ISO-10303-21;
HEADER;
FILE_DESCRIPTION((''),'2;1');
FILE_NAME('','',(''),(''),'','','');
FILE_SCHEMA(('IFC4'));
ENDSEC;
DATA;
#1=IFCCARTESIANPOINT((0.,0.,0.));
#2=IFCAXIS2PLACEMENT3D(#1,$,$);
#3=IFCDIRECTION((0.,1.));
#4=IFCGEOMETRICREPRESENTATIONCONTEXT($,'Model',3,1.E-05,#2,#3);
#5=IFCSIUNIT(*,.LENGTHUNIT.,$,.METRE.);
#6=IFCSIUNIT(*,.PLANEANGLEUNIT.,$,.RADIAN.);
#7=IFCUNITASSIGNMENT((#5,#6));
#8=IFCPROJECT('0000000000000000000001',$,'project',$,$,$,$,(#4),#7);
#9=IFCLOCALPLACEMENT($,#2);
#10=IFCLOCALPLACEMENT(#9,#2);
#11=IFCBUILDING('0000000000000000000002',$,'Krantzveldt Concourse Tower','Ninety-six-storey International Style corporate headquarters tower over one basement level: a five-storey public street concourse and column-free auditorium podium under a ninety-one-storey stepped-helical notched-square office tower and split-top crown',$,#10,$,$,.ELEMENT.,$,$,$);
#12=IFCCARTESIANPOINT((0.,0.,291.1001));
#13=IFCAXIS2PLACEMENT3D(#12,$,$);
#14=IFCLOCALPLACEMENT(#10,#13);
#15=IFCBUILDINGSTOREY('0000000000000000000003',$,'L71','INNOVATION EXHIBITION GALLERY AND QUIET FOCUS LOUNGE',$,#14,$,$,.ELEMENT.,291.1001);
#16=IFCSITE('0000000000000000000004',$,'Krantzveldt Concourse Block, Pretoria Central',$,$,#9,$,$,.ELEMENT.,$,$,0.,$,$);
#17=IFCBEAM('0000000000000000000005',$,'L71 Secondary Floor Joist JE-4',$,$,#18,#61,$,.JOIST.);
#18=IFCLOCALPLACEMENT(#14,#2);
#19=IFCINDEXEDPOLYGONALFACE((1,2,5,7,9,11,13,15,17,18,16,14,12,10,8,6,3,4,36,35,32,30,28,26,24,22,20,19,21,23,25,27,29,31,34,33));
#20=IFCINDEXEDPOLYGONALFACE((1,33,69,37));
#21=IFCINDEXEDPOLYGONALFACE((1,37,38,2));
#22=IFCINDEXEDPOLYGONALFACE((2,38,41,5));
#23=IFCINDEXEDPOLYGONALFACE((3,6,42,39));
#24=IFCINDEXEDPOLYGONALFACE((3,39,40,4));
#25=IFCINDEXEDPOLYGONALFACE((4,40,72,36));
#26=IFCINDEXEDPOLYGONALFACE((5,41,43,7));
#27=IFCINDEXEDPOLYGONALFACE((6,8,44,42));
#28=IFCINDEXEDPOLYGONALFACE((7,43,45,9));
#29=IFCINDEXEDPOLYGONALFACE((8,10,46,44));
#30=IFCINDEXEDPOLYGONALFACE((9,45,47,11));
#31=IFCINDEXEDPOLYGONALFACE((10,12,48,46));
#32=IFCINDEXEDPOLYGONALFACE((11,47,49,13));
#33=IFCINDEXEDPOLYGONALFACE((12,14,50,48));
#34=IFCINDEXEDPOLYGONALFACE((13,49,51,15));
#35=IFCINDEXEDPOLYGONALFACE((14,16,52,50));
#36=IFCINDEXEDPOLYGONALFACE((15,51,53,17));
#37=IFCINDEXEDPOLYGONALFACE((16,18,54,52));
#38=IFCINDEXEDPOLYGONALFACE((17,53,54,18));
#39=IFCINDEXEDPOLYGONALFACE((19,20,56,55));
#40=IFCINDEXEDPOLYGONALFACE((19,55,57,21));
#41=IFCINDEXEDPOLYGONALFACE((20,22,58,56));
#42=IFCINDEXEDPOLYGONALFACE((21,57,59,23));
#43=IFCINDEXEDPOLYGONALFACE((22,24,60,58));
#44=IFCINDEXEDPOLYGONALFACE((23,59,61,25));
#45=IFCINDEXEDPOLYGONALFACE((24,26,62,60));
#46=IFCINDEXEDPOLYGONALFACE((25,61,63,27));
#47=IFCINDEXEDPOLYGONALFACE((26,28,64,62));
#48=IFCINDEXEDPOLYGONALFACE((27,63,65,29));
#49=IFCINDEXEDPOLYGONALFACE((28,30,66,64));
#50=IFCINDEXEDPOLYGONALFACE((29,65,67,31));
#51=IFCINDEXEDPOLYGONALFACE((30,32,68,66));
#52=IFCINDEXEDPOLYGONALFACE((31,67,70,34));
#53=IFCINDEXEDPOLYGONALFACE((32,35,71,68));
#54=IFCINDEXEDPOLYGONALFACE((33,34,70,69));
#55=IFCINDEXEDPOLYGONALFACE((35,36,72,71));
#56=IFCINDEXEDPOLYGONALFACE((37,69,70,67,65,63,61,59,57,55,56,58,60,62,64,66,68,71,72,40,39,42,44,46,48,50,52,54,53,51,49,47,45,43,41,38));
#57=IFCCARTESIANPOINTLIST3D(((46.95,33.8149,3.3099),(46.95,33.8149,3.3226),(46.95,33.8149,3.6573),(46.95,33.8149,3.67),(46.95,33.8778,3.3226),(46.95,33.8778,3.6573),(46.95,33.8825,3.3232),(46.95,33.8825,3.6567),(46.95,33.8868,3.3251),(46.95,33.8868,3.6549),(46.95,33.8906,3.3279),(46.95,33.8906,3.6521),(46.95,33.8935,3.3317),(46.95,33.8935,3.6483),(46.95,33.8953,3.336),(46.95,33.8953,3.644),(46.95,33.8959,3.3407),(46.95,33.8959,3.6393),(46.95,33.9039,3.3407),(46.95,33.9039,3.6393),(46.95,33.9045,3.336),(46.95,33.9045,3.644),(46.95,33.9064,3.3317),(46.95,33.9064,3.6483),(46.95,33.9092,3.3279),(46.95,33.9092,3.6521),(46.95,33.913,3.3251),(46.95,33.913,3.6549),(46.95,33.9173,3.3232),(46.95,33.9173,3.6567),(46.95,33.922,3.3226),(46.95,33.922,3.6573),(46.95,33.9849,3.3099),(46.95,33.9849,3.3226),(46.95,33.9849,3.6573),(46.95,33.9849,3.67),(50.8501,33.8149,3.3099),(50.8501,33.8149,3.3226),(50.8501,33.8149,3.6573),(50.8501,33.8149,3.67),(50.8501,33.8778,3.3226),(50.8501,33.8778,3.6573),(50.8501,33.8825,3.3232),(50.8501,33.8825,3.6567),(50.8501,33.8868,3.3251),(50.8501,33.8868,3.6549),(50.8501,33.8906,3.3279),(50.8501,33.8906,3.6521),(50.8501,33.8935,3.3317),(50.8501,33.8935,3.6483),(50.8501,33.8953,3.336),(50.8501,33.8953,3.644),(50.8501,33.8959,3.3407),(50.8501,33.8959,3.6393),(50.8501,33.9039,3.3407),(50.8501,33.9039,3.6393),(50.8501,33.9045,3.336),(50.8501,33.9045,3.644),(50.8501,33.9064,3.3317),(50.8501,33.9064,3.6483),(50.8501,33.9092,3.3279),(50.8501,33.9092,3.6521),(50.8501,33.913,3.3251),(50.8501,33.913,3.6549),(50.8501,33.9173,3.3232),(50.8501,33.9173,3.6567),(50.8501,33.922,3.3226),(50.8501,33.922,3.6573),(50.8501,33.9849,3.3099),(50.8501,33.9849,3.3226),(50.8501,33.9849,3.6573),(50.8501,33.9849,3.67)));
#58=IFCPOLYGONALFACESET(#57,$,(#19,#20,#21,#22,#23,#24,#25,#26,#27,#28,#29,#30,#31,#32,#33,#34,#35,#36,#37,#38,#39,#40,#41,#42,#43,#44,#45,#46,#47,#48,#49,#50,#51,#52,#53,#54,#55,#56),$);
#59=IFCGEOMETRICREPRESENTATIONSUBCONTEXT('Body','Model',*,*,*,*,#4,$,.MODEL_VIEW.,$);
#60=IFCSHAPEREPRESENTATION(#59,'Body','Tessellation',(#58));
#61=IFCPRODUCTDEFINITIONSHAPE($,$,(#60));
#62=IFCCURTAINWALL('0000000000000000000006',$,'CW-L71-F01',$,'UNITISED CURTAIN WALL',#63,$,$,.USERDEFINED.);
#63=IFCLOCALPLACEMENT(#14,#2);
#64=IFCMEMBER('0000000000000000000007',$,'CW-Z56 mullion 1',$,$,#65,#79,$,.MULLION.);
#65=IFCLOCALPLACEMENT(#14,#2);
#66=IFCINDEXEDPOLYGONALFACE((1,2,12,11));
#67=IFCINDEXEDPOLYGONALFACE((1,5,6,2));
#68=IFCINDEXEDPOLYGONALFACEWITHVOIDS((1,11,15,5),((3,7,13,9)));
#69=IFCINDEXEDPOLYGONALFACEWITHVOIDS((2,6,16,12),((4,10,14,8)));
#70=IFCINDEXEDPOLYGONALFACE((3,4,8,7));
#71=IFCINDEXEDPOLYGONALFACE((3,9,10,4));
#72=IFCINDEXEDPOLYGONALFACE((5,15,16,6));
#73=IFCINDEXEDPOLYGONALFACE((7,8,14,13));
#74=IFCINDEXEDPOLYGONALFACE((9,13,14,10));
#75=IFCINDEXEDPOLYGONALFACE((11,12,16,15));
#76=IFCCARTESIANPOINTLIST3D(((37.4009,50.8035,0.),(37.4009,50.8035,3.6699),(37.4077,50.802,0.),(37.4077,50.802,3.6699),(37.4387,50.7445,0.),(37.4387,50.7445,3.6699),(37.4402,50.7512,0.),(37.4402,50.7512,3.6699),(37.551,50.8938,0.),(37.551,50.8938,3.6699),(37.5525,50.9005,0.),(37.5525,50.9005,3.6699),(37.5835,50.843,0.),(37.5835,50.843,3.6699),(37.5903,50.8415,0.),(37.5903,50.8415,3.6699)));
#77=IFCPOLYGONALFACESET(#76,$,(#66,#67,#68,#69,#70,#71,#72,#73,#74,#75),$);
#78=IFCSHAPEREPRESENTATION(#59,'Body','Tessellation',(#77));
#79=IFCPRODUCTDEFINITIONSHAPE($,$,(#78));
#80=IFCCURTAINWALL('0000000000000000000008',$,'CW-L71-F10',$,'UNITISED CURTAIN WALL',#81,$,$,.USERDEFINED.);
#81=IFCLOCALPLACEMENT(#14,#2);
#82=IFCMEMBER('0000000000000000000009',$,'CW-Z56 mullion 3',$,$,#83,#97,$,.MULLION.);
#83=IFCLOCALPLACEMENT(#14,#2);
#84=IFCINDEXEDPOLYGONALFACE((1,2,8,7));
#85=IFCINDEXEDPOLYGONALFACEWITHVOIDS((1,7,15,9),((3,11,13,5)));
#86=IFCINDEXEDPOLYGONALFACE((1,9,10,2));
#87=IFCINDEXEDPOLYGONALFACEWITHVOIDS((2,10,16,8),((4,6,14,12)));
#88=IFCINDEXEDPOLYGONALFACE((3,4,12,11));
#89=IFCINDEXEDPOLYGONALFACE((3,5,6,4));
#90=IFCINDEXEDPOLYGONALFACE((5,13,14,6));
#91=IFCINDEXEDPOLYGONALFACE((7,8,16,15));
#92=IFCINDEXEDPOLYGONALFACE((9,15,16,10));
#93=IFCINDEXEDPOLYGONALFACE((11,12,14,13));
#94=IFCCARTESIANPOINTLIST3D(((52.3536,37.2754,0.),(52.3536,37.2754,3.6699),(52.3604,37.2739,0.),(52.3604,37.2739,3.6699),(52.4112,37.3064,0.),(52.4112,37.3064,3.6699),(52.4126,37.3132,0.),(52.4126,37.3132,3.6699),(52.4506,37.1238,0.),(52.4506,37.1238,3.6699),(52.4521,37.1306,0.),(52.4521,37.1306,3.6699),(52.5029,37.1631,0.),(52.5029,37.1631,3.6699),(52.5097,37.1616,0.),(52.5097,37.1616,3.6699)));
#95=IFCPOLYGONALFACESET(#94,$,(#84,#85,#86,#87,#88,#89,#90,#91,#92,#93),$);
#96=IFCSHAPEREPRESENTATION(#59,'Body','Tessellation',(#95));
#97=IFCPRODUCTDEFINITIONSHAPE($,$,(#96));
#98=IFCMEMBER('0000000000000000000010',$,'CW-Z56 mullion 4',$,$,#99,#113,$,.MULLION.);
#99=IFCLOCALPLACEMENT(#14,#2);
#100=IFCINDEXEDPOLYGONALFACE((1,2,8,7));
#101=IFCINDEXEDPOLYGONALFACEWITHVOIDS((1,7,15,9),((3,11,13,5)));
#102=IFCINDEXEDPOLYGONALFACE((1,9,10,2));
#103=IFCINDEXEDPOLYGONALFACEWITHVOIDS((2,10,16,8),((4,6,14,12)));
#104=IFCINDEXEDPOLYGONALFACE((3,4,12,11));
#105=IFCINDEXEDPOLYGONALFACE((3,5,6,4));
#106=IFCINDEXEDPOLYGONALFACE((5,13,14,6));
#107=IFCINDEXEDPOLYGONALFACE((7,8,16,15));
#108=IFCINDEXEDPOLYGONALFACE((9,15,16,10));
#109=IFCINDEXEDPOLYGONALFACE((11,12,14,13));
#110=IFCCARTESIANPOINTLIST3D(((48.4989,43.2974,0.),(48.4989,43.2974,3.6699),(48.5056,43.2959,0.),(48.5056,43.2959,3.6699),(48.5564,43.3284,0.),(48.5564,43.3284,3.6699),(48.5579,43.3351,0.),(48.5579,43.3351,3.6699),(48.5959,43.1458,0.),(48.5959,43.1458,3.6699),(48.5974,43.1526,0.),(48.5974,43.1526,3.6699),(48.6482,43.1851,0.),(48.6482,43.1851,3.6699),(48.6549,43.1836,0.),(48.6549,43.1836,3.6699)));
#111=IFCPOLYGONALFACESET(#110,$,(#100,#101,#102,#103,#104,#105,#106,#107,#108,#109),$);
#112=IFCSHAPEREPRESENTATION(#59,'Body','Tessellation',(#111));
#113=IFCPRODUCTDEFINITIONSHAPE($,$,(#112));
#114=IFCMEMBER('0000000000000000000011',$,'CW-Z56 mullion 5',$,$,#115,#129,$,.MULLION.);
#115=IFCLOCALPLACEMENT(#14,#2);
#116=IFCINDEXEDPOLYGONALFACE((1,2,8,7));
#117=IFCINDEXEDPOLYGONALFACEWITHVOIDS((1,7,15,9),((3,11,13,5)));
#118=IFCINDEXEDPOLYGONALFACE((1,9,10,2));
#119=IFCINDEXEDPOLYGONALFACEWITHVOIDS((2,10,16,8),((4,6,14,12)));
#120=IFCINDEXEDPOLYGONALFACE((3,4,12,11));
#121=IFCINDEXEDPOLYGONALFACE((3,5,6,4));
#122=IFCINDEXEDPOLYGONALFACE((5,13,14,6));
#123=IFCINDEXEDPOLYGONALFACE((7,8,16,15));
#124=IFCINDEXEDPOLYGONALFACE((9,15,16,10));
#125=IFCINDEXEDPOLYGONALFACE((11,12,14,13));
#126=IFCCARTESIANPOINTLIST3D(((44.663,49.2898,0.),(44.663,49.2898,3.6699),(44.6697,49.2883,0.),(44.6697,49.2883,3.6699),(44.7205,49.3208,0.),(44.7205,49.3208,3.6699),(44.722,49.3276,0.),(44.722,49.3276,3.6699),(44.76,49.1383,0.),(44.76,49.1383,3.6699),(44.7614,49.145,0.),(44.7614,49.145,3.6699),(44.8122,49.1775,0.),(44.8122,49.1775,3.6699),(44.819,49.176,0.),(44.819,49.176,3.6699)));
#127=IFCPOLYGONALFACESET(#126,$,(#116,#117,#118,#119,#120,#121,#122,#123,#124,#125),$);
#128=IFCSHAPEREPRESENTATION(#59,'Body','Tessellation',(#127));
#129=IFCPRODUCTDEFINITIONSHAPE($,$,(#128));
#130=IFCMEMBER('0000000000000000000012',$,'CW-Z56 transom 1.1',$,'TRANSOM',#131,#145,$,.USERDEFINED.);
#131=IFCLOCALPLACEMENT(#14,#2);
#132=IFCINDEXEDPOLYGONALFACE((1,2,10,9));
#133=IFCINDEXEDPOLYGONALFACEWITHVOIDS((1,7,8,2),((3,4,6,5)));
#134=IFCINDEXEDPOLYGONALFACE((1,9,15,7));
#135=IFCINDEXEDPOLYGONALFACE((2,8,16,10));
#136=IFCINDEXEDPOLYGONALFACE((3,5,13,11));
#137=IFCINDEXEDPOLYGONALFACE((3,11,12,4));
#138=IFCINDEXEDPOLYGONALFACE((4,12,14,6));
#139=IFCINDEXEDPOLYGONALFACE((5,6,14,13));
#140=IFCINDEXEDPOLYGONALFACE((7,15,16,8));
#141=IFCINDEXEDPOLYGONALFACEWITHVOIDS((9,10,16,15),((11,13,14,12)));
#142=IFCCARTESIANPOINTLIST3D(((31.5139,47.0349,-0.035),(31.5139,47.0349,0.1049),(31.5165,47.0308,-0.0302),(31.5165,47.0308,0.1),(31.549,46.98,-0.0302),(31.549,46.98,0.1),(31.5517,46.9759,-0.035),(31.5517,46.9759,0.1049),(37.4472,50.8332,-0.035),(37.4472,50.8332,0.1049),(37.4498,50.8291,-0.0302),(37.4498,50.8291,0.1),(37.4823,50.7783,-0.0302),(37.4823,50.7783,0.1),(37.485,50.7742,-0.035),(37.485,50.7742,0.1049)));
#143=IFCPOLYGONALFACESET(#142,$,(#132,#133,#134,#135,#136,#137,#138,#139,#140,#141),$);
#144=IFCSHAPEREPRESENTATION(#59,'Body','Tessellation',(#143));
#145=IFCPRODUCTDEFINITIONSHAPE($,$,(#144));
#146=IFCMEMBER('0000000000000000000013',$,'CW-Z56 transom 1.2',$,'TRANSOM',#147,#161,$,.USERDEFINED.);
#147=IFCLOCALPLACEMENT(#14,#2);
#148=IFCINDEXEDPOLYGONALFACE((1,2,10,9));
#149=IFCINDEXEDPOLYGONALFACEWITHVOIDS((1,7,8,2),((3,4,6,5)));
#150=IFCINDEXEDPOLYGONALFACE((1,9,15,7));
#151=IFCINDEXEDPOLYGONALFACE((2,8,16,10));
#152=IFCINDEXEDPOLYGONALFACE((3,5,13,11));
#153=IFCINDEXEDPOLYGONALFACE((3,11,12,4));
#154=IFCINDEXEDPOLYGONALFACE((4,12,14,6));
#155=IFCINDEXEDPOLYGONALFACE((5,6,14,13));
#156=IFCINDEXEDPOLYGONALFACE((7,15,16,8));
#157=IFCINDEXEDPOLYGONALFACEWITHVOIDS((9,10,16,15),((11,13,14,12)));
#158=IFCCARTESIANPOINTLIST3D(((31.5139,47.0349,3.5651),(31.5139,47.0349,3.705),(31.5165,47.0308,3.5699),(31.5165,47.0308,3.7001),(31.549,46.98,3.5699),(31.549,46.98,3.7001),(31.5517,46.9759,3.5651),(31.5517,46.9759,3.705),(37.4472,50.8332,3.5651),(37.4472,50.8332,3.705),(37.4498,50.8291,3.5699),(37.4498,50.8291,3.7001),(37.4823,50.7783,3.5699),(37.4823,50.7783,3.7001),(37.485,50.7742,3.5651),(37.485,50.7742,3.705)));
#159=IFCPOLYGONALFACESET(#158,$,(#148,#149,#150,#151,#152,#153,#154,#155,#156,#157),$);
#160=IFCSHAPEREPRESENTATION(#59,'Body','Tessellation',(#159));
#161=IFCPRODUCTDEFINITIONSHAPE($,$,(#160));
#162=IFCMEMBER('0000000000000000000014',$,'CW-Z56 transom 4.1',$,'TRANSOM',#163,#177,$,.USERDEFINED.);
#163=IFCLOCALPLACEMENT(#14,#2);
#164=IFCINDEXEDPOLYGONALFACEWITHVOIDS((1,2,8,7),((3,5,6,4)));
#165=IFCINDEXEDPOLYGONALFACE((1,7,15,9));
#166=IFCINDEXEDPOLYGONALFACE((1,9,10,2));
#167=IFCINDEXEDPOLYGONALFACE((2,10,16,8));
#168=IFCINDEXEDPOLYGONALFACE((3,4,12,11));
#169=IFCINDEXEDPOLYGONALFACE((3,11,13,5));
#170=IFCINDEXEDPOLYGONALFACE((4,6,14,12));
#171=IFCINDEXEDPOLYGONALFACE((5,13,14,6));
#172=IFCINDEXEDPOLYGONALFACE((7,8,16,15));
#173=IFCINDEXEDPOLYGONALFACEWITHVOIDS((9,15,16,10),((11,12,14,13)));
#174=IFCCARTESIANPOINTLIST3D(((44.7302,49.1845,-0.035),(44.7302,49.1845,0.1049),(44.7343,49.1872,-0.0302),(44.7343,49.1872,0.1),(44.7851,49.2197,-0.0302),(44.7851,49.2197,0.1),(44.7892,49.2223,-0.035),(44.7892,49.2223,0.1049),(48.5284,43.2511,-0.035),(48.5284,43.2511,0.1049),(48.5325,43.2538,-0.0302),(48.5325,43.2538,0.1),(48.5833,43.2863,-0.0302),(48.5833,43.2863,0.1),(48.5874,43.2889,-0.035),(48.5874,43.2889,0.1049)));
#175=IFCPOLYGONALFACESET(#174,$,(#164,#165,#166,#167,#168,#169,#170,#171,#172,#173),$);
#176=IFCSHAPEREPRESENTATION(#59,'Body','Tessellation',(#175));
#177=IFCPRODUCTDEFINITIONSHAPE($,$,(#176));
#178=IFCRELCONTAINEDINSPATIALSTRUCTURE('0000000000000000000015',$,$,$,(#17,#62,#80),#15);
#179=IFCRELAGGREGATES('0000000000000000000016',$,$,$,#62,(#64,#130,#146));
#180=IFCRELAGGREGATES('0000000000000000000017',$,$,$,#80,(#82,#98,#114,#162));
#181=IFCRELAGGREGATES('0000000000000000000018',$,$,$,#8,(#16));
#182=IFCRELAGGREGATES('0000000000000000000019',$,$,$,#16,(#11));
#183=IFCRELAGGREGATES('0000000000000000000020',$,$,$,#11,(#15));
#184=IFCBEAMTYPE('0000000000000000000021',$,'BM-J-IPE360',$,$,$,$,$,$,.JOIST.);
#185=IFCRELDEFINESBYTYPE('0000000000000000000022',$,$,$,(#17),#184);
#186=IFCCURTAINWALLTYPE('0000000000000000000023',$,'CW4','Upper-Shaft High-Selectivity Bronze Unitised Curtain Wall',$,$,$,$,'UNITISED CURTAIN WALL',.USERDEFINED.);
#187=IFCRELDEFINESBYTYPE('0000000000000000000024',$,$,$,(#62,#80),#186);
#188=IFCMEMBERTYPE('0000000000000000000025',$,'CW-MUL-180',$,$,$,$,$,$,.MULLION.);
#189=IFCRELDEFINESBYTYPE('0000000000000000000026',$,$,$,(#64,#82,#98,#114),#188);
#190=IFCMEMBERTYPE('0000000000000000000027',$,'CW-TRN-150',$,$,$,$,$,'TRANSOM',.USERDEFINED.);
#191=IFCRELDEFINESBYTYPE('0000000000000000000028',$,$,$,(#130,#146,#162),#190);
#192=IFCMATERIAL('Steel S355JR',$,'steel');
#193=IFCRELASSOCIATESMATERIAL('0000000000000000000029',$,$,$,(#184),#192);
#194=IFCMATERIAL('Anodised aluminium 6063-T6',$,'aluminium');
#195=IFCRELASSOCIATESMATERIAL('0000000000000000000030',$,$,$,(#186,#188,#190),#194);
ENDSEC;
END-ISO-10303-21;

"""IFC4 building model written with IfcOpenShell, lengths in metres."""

from ifc_helpers import new_model, si_unit, direction, frame, origin, origin_2d, place, context, subcontext, project, spatial, hollow_rectangle, i_section, extrude, source, transform, mapped, material, material_profile, profile_set, type_object, type_shapes, element, aggregate, save


model = new_model("IFC4")

# Units and contexts
model_context = context("Model", 3, precision=1e-05, world=origin(), true_north=direction((0.0, 1.0)))
body_context = subcontext(model_context, "Body", "Model", "MODEL_VIEW")
ifc_project = project(units=[si_unit("LENGTHUNIT", "METRE"), si_unit("PLANEANGLEUNIT", "RADIAN")], contexts=[model_context])

# Site, building, storey
site_placement = place(None, origin())
site = spatial("IfcSite", under=ifc_project, at=site_placement, Name="Krantzveldt Concourse Block, Pretoria Central", CompositionType="ELEMENT", RefElevation=0.0)
building_placement = place(site_placement, origin())
building = spatial("IfcBuilding", under=site, at=building_placement, Name="Krantzveldt Concourse Tower", Description="Ninety-six-storey International Style corporate headquarters tower over one basement level: a five-storey public street concourse and column-free auditorium podium under a ninety-one-storey stepped-helical notched-square office tower and split-top crown", CompositionType="ELEMENT")
storey_placement = place(building_placement, frame((0.0, 0.0, 291.1001)))
storey = spatial("IfcBuildingStorey", under=building, at=storey_placement, Name="L71", Description="INNOVATION EXHIBITION GALLERY AND QUIET FOCUS LOUNGE", CompositionType="ELEMENT", Elevation=291.1001)

# Beam
ifc_material_1 = material(Name="Steel S355JR", Category="steel")
ifc_material_profile_1 = material_profile(ifc_material_1, i_section(OverallWidth=0.1699, OverallDepth=0.3601, WebThickness=0.0081, FlangeThickness=0.0127, FilletRadius=0.0181, at=origin_2d()), Name="Steel S355JR", Category="steel")
ifc_profile_set_1 = profile_set([ifc_material_profile_1], Name="Steel S355JR - IPE 360")
beam_type_1 = type_object("IfcBeamType", Name="BM-J-IPE360", PredefinedType="JOIST", material=ifc_profile_set_1)
shared_shape_1 = source(origin(), body_context, "Body", "SweptSolid", [
    extrude(i_section(OverallWidth=0.1699, OverallDepth=0.3601, WebThickness=0.0081, FlangeThickness=0.0127, FilletRadius=0.0181, at=origin_2d()), origin(), (0.0, 0.0, 1.0), 3.9001),
])
type_shapes(beam_type_1, [shared_shape_1])
beam_1_placement = place(storey_placement, frame((46.95, 33.8999, 3.49), z_axis=(1.0, 0.0, 0.0), x_axis=(0.0, 1.0, 0.0)))
element("IfcBeam", 1, at=beam_1_placement, inside=storey, type_object=beam_type_1, Name="L71 Secondary Floor Joist JE-4", PredefinedType="JOIST", context=body_context, shape_type="MappedRepresentation", body=[
    mapped(shared_shape_1, transform((0.0, 0.0, 0.0), x_axis=(1.0, 0.0, 0.0), y_axis=(0.0, 1.0, 0.0), z_axis=(0.0, 0.0, 1.0), scale=1.0)),
])

# Curtain wall, member
ifc_material_2 = material(Name="Anodised aluminium 6063-T6", Category="aluminium")
curtain_wall_type = type_object("IfcCurtainWallType", Name="CW4", Description="Upper-Shaft High-Selectivity Bronze Unitised Curtain Wall", ElementType="UNITISED CURTAIN WALL", PredefinedType="USERDEFINED", material=ifc_material_2)
curtain_wall_1_placement = place(storey_placement, origin())
curtain_wall_1 = element("IfcCurtainWall", 2, at=curtain_wall_1_placement, inside=storey, type_object=curtain_wall_type, Name="CW-L71-F01", ObjectType="UNITISED CURTAIN WALL", PredefinedType="USERDEFINED")
ifc_material_profile_2 = material_profile(ifc_material_2, hollow_rectangle(XDim=0.0701, YDim=0.1799, WallThickness=0.0049, at=origin_2d()), Name="Anodised aluminium 6063-T6", Category="aluminium")
ifc_profile_set_2 = profile_set([ifc_material_profile_2], Name="Anodised aluminium 6063-T6 - ALU-MULL 180x70x5")
member_type_1 = type_object("IfcMemberType", Name="CW-MUL-180", PredefinedType="MULLION", material=ifc_profile_set_2)
shared_shape_2 = source(origin(), body_context, "Body", "SweptSolid", [
    extrude(hollow_rectangle(XDim=0.0701, YDim=0.1799, WallThickness=0.0049, at=origin_2d()), origin(), (0.0, 0.0, 1.0), 3.6699),
])
type_shapes(member_type_1, [shared_shape_2])
member_1_placement = place(storey_placement, frame((37.4956, 50.8225, 0.0), z_axis=(0.0, 0.0, 1.0), x_axis=(0.539138, -0.842217, 0.0)))
member_1 = element("IfcMember", 3, at=member_1_placement, type_object=member_type_1, Name="CW-Z56 mullion 1", PredefinedType="MULLION", context=body_context, shape_type="MappedRepresentation", body=[
    mapped(shared_shape_2, transform((0.0, 0.0, 0.0), x_axis=(1.0, 0.0, 0.0), y_axis=(0.0, 1.0, 0.0), z_axis=(0.0, 0.0, 1.0), scale=1.0)),
])

# Curtain wall, members
curtain_wall_2_placement = place(storey_placement, origin())
curtain_wall_2 = element("IfcCurtainWall", 4, at=curtain_wall_2_placement, inside=storey, type_object=curtain_wall_type, Name="CW-L71-F10", ObjectType="UNITISED CURTAIN WALL", PredefinedType="USERDEFINED")
member_2_placement = place(storey_placement, frame((52.4316, 37.2185, 0.0), z_axis=(0.0, 0.0, 1.0), x_axis=(-0.842217, -0.539138, 0.0)))
member_2 = element("IfcMember", 5, at=member_2_placement, type_object=member_type_1, Name="CW-Z56 mullion 3", PredefinedType="MULLION", context=body_context, shape_type="MappedRepresentation", body=[
    mapped(shared_shape_2, transform((0.0, 0.0, 0.0), x_axis=(1.0, 0.0, 0.0), y_axis=(0.0, 1.0, 0.0), z_axis=(0.0, 0.0, 1.0), scale=1.0)),
])
member_3_placement = place(storey_placement, frame((48.5769, 43.2405, 0.0), z_axis=(0.0, 0.0, 1.0), x_axis=(-0.842217, -0.539138, 0.0)))
member_3 = element("IfcMember", 6, at=member_3_placement, type_object=member_type_1, Name="CW-Z56 mullion 4", PredefinedType="MULLION", context=body_context, shape_type="MappedRepresentation", body=[
    mapped(shared_shape_2, transform((0.0, 0.0, 0.0), x_axis=(1.0, 0.0, 0.0), y_axis=(0.0, 1.0, 0.0), z_axis=(0.0, 0.0, 1.0), scale=1.0)),
])
member_4_placement = place(storey_placement, frame((44.741, 49.2329, 0.0), z_axis=(0.0, 0.0, 1.0), x_axis=(-0.842217, -0.539138, 0.0)))
member_4 = element("IfcMember", 7, at=member_4_placement, type_object=member_type_1, Name="CW-Z56 mullion 5", PredefinedType="MULLION", context=body_context, shape_type="MappedRepresentation", body=[
    mapped(shared_shape_2, transform((0.0, 0.0, 0.0), x_axis=(1.0, 0.0, 0.0), y_axis=(0.0, 1.0, 0.0), z_axis=(0.0, 0.0, 1.0), scale=1.0)),
])

# Members
ifc_material_profile_3 = material_profile(ifc_material_2, hollow_rectangle(XDim=0.0701, YDim=0.1399, WallThickness=0.0049, at=origin_2d()), Name="Anodised aluminium 6063-T6", Category="aluminium")
ifc_profile_set_3 = profile_set([ifc_material_profile_3], Name="Anodised aluminium 6063-T6 - ALU-TRAN 140x70x5")
member_type_2 = type_object("IfcMemberType", Name="CW-TRN-150", ElementType="TRANSOM", PredefinedType="USERDEFINED", material=ifc_profile_set_3)
shared_shape_3 = source(origin(), body_context, "Body", "SweptSolid", [
    extrude(hollow_rectangle(XDim=0.0701, YDim=0.1399, WallThickness=0.0049, at=origin_2d()), origin(), (0.0, 0.0, 1.0), 7.0449),
])
member_5_placement = place(storey_placement, frame((37.4661, 50.8037, 0.0349), z_axis=(-0.842207, -0.539154, 0.0), x_axis=(0.539154, -0.842207, 0.0)))
member_5 = element("IfcMember", 8, at=member_5_placement, type_object=member_type_2, Name="CW-Z56 transom 1.1", ObjectType="TRANSOM", PredefinedType="USERDEFINED", context=body_context, shape_type="MappedRepresentation", body=[
    mapped(shared_shape_3, transform((0.0, 0.0, 0.0), x_axis=(1.0, 0.0, 0.0), y_axis=(0.0, 1.0, 0.0), z_axis=(0.0, 0.0, 1.0), scale=1.0)),
])
member_6_placement = place(storey_placement, frame((37.4661, 50.8037, 3.635), z_axis=(-0.842207, -0.539154, 0.0), x_axis=(0.539154, -0.842207, 0.0)))
member_6 = element("IfcMember", 9, at=member_6_placement, type_object=member_type_2, Name="CW-Z56 transom 1.2", ObjectType="TRANSOM", PredefinedType="USERDEFINED", context=body_context, shape_type="MappedRepresentation", body=[
    mapped(shared_shape_3, transform((0.0, 0.0, 0.0), x_axis=(1.0, 0.0, 0.0), y_axis=(0.0, 1.0, 0.0), z_axis=(0.0, 0.0, 1.0), scale=1.0)),
])
member_7_placement = place(storey_placement, frame((48.5579, 43.27, 0.0349), z_axis=(-0.539129, 0.842223, 0.0), x_axis=(-0.842223, -0.539129, 0.0)))
member_7 = element("IfcMember", 10, at=member_7_placement, type_object=member_type_2, Name="CW-Z56 transom 4.1", ObjectType="TRANSOM", PredefinedType="USERDEFINED", context=body_context, shape_type="MappedRepresentation", body=[
    mapped(shared_shape_3, transform((0.0, 0.0, 0.0), x_axis=(1.0, 0.0, 0.0), y_axis=(0.0, 1.0, 0.0), z_axis=(0.0, 0.0, 1.0), scale=1.0)),
])

aggregate(curtain_wall_1, [member_1, member_5, member_6])
aggregate(curtain_wall_2, [member_2, member_3, member_4, member_7])

save(model, "model.ifc")
